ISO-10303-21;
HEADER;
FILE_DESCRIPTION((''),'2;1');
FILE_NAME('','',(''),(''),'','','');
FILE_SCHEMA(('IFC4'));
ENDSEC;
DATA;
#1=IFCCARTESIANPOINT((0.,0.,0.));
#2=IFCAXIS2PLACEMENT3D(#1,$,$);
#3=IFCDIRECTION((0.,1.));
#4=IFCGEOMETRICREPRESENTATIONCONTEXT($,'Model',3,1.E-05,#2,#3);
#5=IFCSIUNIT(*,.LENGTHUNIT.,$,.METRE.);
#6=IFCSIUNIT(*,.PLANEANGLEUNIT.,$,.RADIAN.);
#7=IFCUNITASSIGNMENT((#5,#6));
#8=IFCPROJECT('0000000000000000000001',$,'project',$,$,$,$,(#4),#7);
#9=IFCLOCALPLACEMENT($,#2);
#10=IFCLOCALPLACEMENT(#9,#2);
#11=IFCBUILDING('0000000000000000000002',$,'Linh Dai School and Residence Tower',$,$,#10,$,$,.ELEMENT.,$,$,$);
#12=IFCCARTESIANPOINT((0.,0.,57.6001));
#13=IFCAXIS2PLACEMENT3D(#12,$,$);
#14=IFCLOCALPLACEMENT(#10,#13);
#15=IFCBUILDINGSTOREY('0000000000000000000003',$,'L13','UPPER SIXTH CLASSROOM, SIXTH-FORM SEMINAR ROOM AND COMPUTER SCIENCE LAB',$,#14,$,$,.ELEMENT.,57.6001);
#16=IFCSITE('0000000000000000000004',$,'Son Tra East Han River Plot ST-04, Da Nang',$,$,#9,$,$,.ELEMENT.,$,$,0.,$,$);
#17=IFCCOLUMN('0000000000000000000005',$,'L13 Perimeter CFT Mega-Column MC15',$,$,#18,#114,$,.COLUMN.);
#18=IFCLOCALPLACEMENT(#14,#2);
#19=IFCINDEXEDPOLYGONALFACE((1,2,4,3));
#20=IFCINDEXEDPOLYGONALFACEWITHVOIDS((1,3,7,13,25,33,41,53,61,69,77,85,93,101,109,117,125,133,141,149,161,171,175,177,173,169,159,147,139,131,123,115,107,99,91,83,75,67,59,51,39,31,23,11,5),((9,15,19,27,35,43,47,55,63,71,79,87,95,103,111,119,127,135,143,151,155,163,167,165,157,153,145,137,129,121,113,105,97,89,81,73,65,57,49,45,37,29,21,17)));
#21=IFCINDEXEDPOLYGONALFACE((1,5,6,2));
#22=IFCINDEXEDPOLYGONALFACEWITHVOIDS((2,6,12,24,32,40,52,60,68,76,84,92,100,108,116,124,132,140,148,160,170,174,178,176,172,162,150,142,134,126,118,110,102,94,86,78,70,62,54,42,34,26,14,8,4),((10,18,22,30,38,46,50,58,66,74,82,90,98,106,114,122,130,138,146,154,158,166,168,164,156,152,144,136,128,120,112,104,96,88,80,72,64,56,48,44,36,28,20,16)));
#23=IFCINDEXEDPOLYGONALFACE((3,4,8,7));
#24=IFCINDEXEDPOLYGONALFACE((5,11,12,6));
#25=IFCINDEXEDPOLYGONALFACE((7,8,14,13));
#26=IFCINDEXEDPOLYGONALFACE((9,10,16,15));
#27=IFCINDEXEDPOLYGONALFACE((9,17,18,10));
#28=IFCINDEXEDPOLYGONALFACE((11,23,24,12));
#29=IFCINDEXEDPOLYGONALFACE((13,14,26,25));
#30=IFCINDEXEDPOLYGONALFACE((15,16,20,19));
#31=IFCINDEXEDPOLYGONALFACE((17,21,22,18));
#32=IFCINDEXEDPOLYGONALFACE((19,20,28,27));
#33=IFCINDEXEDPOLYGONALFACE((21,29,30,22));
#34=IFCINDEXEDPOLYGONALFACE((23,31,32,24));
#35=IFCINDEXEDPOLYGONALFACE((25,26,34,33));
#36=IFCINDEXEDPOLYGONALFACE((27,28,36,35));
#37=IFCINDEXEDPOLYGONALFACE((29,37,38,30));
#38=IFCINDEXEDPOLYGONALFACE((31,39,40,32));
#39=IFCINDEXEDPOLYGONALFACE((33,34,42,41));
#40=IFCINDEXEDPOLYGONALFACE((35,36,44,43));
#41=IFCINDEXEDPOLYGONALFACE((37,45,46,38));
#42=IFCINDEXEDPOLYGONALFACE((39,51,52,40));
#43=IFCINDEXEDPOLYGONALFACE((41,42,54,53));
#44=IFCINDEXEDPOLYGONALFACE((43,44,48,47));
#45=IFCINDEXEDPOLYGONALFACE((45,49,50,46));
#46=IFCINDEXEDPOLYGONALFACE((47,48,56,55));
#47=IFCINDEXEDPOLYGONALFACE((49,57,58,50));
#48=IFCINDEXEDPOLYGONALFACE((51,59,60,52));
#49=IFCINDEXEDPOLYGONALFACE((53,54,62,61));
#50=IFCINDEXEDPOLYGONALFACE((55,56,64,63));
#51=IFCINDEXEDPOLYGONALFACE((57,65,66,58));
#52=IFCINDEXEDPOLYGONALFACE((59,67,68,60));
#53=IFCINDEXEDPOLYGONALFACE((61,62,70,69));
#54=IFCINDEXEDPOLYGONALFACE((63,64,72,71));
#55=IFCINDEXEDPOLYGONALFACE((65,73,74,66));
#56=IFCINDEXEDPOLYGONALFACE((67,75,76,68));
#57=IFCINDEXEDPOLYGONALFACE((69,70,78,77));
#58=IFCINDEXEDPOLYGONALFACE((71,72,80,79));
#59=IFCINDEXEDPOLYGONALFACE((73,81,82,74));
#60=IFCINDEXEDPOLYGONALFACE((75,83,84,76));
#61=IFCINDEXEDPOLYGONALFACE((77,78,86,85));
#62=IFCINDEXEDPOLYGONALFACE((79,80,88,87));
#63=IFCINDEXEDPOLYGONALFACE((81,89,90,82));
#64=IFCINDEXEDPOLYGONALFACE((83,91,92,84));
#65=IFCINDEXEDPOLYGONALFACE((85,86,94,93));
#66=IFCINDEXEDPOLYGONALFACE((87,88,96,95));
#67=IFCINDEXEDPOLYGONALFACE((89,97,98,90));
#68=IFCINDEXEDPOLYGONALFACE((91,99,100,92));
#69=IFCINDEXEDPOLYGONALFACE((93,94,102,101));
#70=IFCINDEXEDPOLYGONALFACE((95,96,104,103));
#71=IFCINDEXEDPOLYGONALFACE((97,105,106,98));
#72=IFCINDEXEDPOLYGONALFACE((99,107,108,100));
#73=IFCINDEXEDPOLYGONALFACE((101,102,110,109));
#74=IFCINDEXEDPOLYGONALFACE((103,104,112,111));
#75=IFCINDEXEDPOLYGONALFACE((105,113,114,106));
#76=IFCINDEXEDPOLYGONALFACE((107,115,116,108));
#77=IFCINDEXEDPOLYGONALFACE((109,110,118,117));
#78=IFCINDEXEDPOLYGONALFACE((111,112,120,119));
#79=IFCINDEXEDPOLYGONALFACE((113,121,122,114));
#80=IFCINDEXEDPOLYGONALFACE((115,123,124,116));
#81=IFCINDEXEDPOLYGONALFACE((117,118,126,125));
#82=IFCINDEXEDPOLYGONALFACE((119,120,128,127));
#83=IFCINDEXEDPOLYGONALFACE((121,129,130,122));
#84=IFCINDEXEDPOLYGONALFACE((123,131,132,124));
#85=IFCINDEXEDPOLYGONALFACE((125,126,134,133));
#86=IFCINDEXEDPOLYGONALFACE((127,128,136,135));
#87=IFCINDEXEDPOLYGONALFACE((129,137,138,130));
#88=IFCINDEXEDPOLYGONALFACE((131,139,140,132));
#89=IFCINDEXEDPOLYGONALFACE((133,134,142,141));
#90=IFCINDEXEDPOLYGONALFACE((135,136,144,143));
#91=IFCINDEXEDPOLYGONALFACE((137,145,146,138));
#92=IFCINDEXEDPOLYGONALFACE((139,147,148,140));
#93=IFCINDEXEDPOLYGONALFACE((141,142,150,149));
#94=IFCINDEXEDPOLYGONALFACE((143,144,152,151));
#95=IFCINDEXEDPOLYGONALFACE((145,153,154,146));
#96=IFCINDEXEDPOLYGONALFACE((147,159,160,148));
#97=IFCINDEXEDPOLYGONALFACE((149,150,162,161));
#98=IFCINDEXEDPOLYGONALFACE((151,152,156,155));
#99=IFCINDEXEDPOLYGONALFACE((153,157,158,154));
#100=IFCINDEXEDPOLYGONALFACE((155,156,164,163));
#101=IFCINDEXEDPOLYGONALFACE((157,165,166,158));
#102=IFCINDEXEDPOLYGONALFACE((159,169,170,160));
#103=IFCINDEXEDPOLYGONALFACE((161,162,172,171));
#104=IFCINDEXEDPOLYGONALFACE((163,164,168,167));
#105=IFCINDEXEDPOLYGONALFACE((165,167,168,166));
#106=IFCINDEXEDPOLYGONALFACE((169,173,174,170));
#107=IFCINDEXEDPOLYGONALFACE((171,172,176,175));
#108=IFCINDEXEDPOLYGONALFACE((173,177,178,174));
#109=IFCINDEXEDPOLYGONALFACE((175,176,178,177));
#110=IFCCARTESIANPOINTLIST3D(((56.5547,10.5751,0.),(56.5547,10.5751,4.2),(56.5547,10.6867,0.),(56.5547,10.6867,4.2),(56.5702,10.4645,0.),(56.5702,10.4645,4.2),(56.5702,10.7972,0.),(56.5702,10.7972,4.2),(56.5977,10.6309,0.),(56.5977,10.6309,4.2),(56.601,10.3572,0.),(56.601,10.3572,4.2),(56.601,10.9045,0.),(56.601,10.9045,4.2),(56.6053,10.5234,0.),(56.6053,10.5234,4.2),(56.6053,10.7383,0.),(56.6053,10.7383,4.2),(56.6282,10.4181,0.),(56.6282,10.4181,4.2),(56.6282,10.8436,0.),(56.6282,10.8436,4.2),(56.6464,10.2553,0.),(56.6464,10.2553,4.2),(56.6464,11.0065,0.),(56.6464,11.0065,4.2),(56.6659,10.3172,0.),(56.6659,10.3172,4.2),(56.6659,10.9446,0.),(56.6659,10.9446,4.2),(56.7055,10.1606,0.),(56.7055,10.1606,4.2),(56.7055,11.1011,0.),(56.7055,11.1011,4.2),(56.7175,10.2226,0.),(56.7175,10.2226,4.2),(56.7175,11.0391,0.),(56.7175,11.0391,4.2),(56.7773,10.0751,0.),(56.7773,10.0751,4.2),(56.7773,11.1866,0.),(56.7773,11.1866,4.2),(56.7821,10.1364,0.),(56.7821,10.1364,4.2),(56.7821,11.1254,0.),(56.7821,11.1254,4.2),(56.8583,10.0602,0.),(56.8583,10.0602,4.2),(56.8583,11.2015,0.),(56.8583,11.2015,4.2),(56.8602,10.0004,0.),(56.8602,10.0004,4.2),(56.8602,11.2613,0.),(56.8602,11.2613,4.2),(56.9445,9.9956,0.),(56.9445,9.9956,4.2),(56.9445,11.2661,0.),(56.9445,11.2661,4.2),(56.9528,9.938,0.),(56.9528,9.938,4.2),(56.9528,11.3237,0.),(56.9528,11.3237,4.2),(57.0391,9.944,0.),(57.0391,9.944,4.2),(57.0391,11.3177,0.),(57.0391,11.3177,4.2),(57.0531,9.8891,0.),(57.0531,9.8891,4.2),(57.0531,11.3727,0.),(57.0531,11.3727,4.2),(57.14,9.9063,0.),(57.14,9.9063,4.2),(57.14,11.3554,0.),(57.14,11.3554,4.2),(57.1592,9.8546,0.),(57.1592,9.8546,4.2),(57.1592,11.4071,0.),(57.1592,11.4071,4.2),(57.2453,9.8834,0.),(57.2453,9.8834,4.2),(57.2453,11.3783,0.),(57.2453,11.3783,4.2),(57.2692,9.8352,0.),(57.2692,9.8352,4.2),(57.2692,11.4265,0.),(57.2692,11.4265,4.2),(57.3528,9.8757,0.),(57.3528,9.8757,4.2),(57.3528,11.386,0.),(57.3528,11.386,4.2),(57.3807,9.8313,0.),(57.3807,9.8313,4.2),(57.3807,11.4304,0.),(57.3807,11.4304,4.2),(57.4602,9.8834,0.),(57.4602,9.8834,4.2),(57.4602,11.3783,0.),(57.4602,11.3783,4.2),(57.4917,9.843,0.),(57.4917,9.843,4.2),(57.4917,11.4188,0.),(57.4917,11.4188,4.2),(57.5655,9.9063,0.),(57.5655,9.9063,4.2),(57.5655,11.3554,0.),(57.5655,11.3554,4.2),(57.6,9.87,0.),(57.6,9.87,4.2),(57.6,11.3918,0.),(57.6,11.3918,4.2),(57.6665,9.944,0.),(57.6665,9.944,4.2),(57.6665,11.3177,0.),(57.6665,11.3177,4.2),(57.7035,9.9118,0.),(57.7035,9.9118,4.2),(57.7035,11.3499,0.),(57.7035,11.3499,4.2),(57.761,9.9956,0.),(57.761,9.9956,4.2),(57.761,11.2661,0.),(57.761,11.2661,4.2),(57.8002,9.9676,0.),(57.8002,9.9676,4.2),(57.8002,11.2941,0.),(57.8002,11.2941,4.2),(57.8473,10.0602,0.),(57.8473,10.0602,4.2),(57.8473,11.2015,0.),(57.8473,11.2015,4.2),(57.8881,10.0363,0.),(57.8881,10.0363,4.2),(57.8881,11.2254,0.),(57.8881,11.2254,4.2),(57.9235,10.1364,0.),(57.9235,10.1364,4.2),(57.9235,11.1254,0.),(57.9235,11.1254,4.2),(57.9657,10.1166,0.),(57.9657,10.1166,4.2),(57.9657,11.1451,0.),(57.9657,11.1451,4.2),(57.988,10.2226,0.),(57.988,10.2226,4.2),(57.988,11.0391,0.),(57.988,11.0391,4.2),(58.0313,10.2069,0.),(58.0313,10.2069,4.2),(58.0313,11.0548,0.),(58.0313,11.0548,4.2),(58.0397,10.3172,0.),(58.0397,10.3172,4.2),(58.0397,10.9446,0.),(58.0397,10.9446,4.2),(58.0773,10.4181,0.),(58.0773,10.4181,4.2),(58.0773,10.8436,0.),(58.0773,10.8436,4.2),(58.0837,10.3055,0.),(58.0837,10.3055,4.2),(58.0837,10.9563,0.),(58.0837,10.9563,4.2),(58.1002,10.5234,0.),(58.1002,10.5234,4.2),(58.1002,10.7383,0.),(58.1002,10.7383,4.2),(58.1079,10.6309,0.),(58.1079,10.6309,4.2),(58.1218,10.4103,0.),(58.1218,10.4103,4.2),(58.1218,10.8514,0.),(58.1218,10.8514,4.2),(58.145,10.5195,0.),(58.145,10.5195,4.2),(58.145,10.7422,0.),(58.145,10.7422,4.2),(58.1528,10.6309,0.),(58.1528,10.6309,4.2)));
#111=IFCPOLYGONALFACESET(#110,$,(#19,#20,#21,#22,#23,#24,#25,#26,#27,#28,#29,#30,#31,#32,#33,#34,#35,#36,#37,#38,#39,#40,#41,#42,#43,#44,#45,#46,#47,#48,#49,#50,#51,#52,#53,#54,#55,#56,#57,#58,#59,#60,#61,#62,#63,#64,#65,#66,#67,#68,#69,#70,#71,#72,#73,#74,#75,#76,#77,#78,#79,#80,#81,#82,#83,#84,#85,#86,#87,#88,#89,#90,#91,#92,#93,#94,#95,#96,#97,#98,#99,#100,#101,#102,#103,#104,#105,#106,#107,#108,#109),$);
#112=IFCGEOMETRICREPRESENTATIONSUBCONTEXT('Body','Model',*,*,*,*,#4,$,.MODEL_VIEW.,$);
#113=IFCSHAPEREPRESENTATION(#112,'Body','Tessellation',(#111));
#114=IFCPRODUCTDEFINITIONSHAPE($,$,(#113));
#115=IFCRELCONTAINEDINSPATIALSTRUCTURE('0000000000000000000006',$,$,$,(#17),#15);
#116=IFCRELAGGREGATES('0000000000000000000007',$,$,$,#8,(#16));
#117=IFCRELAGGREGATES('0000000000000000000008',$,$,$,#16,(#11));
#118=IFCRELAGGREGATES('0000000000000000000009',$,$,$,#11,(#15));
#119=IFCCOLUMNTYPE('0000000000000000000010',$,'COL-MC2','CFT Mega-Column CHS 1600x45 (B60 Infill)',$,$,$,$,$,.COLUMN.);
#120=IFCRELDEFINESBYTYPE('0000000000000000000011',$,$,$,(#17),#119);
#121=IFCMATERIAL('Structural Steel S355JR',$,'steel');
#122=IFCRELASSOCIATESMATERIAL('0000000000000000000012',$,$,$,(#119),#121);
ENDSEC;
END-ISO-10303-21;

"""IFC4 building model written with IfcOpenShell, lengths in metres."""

from ifc_helpers import new_model, si_unit, direction, frame, origin, origin_2d, place, context, subcontext, project, spatial, hollow_circle, extrude, material, material_profile, profile_set, type_object, element, save


model = new_model("IFC4")

# Units and contexts
model_context = context("Model", 3, precision=1e-05, world=origin(), true_north=direction((0.0, 1.0)))
body_context = subcontext(model_context, "Body", "Model", "MODEL_VIEW")
ifc_project = project(units=[si_unit("LENGTHUNIT", "METRE"), si_unit("PLANEANGLEUNIT", "RADIAN")], contexts=[model_context])

# Site, building, storey
site_placement = place(None, origin())
site = spatial("IfcSite", under=ifc_project, at=site_placement, Name="Son Tra East Han River Plot ST-04, Da Nang", CompositionType="ELEMENT", RefElevation=0.0)
building_placement = place(site_placement, origin())
building = spatial("IfcBuilding", under=site, at=building_placement, Name="Linh Dai School and Residence Tower", CompositionType="ELEMENT")
storey_placement = place(building_placement, frame((0.0, 0.0, 57.6001)))
storey = spatial("IfcBuildingStorey", under=building, at=storey_placement, Name="L13", Description="UPPER SIXTH CLASSROOM, SIXTH-FORM SEMINAR ROOM AND COMPUTER SCIENCE LAB", CompositionType="ELEMENT", Elevation=57.6001)

# Column
ifc_material_1 = material(Name="Structural Steel S355JR", Category="steel")
ifc_material_profile_1 = material_profile(ifc_material_1, hollow_circle(Radius=0.8, WallThickness=0.0449, at=origin_2d()), Name="CHS 1600x45")
ifc_profile_set_1 = profile_set([ifc_material_profile_1], Name="Structural Steel S355JR")
column_type_1 = type_object("IfcColumnType", Name="COL-MC2", Description="CFT Mega-Column CHS 1600x45 (B60 Infill)", PredefinedType="COLUMN", material=ifc_profile_set_1)
for number, where, z_axis, x_axis, name in (
    (1, (57.3528, 10.6309, 0.0), (0.0, 0.0, 1.0), (1.0, 0.0, 0.0), "L13 Perimeter CFT Mega-Column MC15"),
):
    element("IfcColumn", number, at=place(storey_placement, frame(where, z_axis=z_axis, x_axis=x_axis)), inside=storey, type_object=column_type_1, Name=name, PredefinedType="COLUMN", context=body_context, shape_type="SweptSolid", body=[
        extrude(hollow_circle(Radius=0.8, WallThickness=0.0449, at=origin_2d()), origin(), (0.0, 0.0, 1.0), 4.2),
    ])

save(model, "model.ifc")
